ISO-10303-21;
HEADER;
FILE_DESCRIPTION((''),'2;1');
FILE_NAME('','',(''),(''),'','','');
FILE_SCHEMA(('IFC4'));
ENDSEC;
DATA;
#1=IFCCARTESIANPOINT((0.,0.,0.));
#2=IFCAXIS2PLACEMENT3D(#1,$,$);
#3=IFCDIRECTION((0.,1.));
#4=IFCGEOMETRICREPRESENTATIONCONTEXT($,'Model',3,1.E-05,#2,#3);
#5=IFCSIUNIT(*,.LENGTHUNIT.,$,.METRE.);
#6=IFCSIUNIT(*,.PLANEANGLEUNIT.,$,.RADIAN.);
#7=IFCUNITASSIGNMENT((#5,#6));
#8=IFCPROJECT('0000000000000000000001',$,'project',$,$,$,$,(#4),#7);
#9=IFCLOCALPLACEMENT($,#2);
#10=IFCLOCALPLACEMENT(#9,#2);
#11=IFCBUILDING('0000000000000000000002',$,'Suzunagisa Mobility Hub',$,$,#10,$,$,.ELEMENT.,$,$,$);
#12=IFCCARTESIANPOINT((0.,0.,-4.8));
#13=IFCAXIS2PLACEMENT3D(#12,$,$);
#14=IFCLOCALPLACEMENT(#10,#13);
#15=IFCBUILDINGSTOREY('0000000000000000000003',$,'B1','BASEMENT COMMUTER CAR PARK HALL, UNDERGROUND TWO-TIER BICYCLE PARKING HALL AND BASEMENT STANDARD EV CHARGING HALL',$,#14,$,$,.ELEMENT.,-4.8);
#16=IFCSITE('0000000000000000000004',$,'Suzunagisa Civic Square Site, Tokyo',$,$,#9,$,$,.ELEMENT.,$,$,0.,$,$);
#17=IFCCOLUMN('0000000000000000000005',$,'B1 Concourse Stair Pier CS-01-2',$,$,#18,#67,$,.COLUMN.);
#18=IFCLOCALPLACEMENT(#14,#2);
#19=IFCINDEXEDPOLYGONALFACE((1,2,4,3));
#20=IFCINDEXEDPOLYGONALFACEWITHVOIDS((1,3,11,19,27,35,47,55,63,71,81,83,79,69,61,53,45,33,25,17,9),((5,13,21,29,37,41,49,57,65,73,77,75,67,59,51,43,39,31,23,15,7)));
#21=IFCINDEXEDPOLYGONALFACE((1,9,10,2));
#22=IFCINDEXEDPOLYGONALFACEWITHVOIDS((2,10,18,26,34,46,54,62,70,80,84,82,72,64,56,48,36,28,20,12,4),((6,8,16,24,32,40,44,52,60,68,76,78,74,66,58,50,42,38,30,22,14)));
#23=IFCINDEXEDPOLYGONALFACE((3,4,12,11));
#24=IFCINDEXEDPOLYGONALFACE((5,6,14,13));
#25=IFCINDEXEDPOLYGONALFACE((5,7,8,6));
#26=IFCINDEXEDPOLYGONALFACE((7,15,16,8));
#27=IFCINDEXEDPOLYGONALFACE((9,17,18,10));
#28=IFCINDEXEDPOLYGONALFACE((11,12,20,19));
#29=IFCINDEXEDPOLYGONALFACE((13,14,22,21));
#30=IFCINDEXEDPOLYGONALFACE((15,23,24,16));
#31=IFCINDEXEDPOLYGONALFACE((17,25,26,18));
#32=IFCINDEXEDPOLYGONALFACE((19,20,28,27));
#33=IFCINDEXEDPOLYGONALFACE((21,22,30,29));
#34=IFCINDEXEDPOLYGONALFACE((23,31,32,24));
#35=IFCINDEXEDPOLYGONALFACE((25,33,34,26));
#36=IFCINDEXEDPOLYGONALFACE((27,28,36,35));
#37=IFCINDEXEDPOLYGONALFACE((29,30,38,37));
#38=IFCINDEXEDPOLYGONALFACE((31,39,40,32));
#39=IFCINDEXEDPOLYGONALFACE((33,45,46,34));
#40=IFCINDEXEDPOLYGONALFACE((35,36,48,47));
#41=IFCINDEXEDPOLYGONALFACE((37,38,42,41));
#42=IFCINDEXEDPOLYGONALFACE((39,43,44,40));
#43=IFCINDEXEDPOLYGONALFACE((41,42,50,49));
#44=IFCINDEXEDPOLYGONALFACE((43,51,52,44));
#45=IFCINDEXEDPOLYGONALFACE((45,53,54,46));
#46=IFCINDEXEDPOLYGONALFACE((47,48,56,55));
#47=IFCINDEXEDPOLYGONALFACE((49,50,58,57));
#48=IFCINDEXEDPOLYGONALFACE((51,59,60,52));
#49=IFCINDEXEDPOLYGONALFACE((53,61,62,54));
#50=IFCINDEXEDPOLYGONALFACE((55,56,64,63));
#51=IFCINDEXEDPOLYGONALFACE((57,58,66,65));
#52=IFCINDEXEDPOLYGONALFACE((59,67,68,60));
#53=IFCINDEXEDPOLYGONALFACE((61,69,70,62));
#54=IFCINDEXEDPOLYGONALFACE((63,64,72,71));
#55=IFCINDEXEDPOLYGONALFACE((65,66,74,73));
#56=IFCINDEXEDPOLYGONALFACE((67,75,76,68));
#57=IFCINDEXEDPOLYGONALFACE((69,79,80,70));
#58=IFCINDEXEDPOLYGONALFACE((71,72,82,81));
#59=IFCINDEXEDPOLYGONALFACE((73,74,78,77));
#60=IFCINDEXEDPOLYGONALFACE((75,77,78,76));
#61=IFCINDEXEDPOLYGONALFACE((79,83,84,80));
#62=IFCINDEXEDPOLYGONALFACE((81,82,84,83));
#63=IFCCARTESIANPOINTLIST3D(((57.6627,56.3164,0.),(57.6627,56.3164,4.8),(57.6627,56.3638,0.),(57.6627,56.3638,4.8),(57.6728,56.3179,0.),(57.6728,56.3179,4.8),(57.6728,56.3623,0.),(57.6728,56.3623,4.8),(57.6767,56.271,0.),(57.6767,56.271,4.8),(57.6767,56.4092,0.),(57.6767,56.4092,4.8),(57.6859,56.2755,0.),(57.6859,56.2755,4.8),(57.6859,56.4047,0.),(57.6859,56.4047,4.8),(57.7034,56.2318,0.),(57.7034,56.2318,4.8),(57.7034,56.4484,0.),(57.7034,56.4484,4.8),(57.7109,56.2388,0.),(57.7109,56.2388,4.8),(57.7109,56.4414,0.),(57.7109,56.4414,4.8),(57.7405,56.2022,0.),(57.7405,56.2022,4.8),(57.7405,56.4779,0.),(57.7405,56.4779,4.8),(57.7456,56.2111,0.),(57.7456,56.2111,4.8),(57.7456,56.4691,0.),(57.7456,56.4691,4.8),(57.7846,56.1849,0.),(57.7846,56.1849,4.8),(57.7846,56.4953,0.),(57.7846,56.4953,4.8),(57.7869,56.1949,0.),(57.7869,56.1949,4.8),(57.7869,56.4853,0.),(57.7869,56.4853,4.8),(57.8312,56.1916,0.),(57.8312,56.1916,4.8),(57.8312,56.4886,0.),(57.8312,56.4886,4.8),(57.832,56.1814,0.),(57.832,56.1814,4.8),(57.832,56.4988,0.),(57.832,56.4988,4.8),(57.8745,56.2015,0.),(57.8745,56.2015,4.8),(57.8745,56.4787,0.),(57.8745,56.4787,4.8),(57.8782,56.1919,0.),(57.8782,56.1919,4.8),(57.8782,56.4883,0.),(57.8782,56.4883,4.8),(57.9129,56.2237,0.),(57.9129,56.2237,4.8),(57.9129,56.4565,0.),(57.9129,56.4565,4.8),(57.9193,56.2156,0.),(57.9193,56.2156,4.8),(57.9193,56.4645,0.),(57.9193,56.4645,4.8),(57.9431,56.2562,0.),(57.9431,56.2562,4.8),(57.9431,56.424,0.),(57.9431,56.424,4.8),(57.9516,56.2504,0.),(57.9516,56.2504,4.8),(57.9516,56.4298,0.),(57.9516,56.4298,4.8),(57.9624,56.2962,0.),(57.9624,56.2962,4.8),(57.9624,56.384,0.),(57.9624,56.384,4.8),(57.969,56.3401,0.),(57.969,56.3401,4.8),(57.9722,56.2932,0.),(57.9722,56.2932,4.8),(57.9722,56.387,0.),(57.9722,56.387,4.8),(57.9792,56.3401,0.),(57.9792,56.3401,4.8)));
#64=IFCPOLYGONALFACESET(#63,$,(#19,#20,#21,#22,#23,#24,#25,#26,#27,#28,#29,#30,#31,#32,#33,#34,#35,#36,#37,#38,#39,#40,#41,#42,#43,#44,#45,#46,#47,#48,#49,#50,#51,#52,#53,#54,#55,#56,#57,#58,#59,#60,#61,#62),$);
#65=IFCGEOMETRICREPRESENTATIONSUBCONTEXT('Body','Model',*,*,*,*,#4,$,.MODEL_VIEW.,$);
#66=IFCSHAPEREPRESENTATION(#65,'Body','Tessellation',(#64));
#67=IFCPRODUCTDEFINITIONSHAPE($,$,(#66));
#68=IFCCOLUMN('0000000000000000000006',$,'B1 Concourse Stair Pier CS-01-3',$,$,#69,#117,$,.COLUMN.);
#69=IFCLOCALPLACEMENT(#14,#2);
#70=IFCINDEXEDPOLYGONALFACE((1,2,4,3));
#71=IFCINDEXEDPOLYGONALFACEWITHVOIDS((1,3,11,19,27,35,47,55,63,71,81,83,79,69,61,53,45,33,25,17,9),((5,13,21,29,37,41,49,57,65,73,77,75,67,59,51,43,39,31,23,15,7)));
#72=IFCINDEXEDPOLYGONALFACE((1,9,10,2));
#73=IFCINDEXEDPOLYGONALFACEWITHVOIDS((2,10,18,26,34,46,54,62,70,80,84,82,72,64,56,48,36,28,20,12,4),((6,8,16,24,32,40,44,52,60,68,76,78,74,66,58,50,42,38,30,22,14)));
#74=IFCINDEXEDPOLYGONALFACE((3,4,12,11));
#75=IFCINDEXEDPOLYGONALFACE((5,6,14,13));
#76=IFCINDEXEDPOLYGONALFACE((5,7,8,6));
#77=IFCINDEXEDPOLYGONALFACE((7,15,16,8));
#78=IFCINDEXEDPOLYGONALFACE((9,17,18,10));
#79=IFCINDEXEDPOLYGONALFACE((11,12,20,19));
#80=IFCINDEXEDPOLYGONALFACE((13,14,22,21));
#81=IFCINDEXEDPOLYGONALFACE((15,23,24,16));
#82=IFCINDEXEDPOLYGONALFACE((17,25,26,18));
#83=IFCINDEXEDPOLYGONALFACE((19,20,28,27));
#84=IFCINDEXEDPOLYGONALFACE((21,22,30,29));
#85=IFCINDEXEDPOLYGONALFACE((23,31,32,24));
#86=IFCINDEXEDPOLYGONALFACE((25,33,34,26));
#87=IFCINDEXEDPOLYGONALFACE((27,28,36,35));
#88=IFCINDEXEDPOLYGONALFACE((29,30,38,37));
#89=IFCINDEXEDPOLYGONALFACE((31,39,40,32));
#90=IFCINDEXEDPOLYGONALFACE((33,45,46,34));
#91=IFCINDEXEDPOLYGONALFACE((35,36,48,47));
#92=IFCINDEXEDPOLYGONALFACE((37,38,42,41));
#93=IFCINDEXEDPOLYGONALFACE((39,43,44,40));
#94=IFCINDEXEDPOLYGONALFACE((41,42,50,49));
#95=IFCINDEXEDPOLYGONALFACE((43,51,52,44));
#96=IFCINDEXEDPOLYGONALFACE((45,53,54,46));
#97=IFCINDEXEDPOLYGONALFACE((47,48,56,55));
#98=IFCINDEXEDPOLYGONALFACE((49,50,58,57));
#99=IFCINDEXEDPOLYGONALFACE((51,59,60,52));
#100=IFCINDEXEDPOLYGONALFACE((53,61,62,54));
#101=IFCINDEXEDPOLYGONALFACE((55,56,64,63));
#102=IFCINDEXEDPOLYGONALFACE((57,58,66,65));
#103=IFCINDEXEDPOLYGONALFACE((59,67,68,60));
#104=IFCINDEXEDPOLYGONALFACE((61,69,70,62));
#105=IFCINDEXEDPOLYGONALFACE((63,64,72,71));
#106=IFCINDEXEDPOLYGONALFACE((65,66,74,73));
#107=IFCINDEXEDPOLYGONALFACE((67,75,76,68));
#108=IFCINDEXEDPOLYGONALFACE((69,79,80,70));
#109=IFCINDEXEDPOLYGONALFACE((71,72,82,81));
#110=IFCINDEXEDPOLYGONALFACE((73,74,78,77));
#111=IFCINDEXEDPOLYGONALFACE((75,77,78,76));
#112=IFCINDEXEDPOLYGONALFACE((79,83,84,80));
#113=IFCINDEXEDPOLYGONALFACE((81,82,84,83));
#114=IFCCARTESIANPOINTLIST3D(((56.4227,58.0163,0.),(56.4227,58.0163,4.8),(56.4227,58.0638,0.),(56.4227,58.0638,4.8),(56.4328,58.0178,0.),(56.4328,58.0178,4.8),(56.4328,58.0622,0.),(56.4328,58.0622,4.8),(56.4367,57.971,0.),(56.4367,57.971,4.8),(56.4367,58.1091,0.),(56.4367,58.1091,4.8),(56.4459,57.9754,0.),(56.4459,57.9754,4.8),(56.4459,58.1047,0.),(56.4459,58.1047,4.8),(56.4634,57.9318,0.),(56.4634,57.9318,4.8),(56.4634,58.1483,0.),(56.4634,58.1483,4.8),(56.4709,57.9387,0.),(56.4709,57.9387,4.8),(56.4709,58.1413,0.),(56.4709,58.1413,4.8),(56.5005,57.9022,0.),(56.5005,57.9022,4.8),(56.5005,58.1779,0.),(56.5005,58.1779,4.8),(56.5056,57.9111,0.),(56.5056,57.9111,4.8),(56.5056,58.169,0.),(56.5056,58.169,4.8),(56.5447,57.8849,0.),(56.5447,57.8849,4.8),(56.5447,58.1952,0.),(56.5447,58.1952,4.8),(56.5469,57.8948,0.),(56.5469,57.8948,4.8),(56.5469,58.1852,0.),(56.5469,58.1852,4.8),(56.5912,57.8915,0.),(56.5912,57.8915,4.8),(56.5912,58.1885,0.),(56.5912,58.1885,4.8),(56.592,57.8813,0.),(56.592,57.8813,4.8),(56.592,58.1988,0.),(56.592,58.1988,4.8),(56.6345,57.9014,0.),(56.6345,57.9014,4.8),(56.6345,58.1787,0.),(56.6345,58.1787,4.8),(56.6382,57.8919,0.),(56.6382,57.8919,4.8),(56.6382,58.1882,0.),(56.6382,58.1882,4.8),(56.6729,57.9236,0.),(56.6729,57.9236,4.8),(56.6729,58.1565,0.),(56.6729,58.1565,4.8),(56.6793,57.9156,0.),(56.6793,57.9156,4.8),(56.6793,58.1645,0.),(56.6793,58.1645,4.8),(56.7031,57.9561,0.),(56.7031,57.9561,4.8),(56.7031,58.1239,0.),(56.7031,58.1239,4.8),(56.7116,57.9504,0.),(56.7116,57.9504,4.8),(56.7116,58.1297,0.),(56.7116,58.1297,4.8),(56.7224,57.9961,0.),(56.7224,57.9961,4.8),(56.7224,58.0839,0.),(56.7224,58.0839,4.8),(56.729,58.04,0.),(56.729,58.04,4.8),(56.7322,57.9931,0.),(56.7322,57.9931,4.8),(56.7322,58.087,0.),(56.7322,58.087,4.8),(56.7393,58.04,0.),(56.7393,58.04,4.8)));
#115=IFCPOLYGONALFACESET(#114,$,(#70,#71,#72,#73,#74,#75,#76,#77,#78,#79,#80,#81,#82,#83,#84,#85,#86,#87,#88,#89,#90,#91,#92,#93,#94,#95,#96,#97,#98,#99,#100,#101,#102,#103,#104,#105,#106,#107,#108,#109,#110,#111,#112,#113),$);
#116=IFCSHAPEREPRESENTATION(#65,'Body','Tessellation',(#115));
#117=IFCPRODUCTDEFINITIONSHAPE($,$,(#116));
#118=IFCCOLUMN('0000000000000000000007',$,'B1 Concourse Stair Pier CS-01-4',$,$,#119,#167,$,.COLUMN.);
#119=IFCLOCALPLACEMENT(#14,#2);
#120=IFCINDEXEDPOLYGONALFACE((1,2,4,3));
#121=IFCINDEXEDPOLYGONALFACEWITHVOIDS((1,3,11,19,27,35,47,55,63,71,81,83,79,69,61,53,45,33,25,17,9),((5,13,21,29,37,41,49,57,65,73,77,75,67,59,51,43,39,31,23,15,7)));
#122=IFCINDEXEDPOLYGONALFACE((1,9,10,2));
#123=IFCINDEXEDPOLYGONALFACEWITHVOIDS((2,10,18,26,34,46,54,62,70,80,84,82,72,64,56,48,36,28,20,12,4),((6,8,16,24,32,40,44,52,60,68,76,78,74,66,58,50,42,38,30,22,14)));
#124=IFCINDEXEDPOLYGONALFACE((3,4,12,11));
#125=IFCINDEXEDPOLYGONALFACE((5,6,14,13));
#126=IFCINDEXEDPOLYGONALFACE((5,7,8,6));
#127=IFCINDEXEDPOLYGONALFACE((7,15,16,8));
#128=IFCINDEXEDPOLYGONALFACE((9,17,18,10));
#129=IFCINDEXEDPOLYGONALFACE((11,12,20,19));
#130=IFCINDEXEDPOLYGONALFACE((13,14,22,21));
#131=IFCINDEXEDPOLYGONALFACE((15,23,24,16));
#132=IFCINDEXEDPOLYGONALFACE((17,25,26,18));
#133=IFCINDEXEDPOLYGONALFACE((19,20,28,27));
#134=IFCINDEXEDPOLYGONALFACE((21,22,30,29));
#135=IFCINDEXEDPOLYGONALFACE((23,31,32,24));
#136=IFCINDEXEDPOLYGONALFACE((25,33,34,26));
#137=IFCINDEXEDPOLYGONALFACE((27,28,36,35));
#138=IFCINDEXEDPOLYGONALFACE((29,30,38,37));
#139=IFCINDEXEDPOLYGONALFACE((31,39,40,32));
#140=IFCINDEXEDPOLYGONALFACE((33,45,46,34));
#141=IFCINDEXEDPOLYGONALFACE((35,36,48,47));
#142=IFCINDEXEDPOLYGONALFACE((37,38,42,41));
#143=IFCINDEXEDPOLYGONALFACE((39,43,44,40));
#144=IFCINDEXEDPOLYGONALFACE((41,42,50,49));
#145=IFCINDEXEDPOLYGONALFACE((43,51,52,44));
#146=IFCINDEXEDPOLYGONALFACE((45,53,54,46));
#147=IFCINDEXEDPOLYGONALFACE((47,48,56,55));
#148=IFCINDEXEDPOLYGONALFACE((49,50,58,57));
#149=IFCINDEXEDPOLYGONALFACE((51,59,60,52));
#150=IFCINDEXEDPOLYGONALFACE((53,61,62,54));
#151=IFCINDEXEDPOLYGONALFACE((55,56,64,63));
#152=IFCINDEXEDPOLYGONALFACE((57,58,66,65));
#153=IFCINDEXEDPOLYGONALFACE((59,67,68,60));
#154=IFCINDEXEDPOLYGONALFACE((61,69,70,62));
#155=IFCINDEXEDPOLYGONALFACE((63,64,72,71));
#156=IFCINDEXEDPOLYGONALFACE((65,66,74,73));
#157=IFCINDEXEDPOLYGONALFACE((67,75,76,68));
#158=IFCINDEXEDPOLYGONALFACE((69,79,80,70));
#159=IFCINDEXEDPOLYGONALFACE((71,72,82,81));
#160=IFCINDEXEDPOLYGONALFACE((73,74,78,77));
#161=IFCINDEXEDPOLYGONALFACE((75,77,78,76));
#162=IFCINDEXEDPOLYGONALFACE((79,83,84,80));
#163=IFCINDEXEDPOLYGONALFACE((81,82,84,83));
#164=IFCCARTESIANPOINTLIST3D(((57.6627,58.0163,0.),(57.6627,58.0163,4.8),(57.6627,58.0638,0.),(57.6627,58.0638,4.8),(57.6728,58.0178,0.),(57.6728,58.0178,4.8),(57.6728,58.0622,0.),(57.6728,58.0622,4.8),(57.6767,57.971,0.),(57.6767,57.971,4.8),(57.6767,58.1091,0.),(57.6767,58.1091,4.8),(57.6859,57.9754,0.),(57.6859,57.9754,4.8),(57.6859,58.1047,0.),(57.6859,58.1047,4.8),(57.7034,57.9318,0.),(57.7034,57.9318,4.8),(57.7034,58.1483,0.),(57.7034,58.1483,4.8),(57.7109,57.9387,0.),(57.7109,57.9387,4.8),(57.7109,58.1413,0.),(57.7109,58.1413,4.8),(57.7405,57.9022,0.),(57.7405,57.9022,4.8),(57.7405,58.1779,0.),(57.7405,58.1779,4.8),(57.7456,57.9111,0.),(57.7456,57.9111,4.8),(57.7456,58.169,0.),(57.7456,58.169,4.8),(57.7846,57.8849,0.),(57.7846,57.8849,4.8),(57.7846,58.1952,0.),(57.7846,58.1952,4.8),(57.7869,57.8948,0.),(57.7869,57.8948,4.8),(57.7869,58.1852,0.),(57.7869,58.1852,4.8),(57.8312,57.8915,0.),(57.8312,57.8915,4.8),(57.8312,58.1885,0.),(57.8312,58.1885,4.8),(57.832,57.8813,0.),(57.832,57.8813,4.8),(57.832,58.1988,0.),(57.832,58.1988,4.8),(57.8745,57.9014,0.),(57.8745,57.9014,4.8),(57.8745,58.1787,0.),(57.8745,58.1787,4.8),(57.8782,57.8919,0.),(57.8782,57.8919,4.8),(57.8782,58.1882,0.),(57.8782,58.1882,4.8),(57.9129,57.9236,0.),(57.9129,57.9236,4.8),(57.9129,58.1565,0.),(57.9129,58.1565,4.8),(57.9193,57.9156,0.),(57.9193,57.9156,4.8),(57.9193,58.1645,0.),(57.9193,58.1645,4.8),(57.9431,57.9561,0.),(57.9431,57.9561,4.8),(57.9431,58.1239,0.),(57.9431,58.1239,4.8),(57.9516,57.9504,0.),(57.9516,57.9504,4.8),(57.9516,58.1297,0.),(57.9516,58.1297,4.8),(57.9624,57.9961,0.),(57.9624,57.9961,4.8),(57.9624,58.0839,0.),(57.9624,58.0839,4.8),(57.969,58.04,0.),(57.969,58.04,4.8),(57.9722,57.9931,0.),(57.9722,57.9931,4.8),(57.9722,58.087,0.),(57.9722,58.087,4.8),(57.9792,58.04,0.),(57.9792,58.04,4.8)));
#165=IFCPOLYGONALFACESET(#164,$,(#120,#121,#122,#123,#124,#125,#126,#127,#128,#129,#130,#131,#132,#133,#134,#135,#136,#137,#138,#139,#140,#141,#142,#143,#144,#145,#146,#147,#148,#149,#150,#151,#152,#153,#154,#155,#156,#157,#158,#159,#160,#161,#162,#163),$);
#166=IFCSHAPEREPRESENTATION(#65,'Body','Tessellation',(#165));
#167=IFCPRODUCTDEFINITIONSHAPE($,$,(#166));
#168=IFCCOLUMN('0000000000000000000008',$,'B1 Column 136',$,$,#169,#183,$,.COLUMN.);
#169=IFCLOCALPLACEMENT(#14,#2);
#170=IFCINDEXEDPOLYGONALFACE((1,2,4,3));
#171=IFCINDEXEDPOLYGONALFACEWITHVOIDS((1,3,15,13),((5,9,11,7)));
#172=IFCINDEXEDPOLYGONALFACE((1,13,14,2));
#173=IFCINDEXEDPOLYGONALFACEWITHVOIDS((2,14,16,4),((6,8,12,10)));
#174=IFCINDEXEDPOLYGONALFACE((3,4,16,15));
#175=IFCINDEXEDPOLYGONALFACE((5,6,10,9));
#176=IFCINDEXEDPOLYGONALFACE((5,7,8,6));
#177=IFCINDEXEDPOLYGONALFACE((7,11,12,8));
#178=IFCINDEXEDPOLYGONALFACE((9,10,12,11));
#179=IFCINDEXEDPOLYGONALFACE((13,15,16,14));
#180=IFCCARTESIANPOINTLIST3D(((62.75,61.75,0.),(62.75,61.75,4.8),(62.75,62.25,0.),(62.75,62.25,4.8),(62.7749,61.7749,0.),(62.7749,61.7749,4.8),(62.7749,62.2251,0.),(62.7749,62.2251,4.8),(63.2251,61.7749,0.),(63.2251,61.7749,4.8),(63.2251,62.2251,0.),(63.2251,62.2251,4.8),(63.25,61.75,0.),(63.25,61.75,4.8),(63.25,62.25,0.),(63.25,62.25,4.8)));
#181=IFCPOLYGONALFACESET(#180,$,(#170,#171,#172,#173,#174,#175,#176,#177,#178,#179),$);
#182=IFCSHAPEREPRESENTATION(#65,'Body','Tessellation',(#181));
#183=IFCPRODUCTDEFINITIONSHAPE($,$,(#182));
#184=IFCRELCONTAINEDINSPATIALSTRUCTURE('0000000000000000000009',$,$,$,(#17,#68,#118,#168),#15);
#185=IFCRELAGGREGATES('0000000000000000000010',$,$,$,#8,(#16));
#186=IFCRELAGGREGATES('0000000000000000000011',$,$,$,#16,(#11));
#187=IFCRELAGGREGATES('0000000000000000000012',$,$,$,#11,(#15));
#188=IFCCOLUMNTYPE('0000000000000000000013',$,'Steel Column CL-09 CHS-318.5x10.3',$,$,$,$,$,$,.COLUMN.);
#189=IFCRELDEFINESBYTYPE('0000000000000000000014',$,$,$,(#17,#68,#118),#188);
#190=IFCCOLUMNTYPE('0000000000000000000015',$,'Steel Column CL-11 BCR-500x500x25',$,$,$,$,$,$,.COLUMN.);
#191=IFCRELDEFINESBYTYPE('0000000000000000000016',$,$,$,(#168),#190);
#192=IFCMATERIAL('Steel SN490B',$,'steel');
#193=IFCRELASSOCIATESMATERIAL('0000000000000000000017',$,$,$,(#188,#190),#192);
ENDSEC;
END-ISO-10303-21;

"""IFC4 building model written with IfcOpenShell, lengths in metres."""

from ifc_helpers import new_model, si_unit, direction, frame, origin, origin_2d, place, context, subcontext, project, spatial, hollow_rectangle, hollow_circle, extrude, material, material_profile, profile_set, type_object, element, save


model = new_model("IFC4")

# Units and contexts
model_context = context("Model", 3, precision=1e-05, world=origin(), true_north=direction((0.0, 1.0)))
body_context = subcontext(model_context, "Body", "Model", "MODEL_VIEW")
ifc_project = project(units=[si_unit("LENGTHUNIT", "METRE"), si_unit("PLANEANGLEUNIT", "RADIAN")], contexts=[model_context])

# Site, building, storey
site_placement = place(None, origin())
site = spatial("IfcSite", under=ifc_project, at=site_placement, Name="Suzunagisa Civic Square Site, Tokyo", CompositionType="ELEMENT", RefElevation=0.0)
building_placement = place(site_placement, origin())
building = spatial("IfcBuilding", under=site, at=building_placement, Name="Suzunagisa Mobility Hub", CompositionType="ELEMENT")
storey_placement = place(building_placement, frame((0.0, 0.0, -4.8)))
storey = spatial("IfcBuildingStorey", under=building, at=storey_placement, Name="B1", Description="BASEMENT COMMUTER CAR PARK HALL, UNDERGROUND TWO-TIER BICYCLE PARKING HALL AND BASEMENT STANDARD EV CHARGING HALL", CompositionType="ELEMENT", Elevation=-4.8)

# Columns
ifc_material_1 = material(Name="Steel SN490B", Category="steel")
ifc_material_profile_1 = material_profile(ifc_material_1, hollow_circle(Radius=0.1592, WallThickness=0.0103, at=origin_2d()), Name="CHS-318.5x10.3")
ifc_profile_set_1 = profile_set([ifc_material_profile_1], Name="Steel SN490B")
column_type_1 = type_object("IfcColumnType", Name="Steel Column CL-09 CHS-318.5x10.3", PredefinedType="COLUMN", material=ifc_profile_set_1)
for number, where, z_axis, x_axis, name in (
    (1, (57.8201, 56.3401, 0.0), (0.0, 0.0, 1.0), (1.0, 0.0, 0.0), "B1 Concourse Stair Pier CS-01-2"),
    (2, (56.5801, 58.04, 0.0), (0.0, 0.0, 1.0), (1.0, 0.0, 0.0), "B1 Concourse Stair Pier CS-01-3"),
    (3, (57.8201, 58.04, 0.0), (0.0, 0.0, 1.0), (1.0, 0.0, 0.0), "B1 Concourse Stair Pier CS-01-4"),
):
    element("IfcColumn", number, at=place(storey_placement, frame(where, z_axis=z_axis, x_axis=x_axis)), inside=storey, type_object=column_type_1, Name=name, PredefinedType="COLUMN", context=body_context, shape_type="SweptSolid", body=[
        extrude(hollow_circle(Radius=0.1592, WallThickness=0.0103, at=origin_2d()), origin(), (0.0, 0.0, 1.0), 4.8),
    ])
ifc_material_profile_2 = material_profile(ifc_material_1, hollow_rectangle(XDim=0.5, YDim=0.5, WallThickness=0.0249, at=origin_2d()), Name="BCR-500x500x25")
ifc_profile_set_2 = profile_set([ifc_material_profile_2], Name="Steel SN490B")
column_type_2 = type_object("IfcColumnType", Name="Steel Column CL-11 BCR-500x500x25", PredefinedType="COLUMN", material=ifc_profile_set_2)
column_1_placement = place(storey_placement, frame((63.0, 62.0, 0.0), z_axis=(0.0, 0.0, 1.0), x_axis=(1.0, 0.0, 0.0)))
element("IfcColumn", 4, at=column_1_placement, inside=storey, type_object=column_type_2, Name="B1 Column 136", PredefinedType="COLUMN", context=body_context, shape_type="SweptSolid", body=[
    extrude(hollow_rectangle(XDim=0.5, YDim=0.5, WallThickness=0.0249, at=origin_2d()), origin(), (0.0, 0.0, 1.0), 4.8),
])

save(model, "model.ifc")
